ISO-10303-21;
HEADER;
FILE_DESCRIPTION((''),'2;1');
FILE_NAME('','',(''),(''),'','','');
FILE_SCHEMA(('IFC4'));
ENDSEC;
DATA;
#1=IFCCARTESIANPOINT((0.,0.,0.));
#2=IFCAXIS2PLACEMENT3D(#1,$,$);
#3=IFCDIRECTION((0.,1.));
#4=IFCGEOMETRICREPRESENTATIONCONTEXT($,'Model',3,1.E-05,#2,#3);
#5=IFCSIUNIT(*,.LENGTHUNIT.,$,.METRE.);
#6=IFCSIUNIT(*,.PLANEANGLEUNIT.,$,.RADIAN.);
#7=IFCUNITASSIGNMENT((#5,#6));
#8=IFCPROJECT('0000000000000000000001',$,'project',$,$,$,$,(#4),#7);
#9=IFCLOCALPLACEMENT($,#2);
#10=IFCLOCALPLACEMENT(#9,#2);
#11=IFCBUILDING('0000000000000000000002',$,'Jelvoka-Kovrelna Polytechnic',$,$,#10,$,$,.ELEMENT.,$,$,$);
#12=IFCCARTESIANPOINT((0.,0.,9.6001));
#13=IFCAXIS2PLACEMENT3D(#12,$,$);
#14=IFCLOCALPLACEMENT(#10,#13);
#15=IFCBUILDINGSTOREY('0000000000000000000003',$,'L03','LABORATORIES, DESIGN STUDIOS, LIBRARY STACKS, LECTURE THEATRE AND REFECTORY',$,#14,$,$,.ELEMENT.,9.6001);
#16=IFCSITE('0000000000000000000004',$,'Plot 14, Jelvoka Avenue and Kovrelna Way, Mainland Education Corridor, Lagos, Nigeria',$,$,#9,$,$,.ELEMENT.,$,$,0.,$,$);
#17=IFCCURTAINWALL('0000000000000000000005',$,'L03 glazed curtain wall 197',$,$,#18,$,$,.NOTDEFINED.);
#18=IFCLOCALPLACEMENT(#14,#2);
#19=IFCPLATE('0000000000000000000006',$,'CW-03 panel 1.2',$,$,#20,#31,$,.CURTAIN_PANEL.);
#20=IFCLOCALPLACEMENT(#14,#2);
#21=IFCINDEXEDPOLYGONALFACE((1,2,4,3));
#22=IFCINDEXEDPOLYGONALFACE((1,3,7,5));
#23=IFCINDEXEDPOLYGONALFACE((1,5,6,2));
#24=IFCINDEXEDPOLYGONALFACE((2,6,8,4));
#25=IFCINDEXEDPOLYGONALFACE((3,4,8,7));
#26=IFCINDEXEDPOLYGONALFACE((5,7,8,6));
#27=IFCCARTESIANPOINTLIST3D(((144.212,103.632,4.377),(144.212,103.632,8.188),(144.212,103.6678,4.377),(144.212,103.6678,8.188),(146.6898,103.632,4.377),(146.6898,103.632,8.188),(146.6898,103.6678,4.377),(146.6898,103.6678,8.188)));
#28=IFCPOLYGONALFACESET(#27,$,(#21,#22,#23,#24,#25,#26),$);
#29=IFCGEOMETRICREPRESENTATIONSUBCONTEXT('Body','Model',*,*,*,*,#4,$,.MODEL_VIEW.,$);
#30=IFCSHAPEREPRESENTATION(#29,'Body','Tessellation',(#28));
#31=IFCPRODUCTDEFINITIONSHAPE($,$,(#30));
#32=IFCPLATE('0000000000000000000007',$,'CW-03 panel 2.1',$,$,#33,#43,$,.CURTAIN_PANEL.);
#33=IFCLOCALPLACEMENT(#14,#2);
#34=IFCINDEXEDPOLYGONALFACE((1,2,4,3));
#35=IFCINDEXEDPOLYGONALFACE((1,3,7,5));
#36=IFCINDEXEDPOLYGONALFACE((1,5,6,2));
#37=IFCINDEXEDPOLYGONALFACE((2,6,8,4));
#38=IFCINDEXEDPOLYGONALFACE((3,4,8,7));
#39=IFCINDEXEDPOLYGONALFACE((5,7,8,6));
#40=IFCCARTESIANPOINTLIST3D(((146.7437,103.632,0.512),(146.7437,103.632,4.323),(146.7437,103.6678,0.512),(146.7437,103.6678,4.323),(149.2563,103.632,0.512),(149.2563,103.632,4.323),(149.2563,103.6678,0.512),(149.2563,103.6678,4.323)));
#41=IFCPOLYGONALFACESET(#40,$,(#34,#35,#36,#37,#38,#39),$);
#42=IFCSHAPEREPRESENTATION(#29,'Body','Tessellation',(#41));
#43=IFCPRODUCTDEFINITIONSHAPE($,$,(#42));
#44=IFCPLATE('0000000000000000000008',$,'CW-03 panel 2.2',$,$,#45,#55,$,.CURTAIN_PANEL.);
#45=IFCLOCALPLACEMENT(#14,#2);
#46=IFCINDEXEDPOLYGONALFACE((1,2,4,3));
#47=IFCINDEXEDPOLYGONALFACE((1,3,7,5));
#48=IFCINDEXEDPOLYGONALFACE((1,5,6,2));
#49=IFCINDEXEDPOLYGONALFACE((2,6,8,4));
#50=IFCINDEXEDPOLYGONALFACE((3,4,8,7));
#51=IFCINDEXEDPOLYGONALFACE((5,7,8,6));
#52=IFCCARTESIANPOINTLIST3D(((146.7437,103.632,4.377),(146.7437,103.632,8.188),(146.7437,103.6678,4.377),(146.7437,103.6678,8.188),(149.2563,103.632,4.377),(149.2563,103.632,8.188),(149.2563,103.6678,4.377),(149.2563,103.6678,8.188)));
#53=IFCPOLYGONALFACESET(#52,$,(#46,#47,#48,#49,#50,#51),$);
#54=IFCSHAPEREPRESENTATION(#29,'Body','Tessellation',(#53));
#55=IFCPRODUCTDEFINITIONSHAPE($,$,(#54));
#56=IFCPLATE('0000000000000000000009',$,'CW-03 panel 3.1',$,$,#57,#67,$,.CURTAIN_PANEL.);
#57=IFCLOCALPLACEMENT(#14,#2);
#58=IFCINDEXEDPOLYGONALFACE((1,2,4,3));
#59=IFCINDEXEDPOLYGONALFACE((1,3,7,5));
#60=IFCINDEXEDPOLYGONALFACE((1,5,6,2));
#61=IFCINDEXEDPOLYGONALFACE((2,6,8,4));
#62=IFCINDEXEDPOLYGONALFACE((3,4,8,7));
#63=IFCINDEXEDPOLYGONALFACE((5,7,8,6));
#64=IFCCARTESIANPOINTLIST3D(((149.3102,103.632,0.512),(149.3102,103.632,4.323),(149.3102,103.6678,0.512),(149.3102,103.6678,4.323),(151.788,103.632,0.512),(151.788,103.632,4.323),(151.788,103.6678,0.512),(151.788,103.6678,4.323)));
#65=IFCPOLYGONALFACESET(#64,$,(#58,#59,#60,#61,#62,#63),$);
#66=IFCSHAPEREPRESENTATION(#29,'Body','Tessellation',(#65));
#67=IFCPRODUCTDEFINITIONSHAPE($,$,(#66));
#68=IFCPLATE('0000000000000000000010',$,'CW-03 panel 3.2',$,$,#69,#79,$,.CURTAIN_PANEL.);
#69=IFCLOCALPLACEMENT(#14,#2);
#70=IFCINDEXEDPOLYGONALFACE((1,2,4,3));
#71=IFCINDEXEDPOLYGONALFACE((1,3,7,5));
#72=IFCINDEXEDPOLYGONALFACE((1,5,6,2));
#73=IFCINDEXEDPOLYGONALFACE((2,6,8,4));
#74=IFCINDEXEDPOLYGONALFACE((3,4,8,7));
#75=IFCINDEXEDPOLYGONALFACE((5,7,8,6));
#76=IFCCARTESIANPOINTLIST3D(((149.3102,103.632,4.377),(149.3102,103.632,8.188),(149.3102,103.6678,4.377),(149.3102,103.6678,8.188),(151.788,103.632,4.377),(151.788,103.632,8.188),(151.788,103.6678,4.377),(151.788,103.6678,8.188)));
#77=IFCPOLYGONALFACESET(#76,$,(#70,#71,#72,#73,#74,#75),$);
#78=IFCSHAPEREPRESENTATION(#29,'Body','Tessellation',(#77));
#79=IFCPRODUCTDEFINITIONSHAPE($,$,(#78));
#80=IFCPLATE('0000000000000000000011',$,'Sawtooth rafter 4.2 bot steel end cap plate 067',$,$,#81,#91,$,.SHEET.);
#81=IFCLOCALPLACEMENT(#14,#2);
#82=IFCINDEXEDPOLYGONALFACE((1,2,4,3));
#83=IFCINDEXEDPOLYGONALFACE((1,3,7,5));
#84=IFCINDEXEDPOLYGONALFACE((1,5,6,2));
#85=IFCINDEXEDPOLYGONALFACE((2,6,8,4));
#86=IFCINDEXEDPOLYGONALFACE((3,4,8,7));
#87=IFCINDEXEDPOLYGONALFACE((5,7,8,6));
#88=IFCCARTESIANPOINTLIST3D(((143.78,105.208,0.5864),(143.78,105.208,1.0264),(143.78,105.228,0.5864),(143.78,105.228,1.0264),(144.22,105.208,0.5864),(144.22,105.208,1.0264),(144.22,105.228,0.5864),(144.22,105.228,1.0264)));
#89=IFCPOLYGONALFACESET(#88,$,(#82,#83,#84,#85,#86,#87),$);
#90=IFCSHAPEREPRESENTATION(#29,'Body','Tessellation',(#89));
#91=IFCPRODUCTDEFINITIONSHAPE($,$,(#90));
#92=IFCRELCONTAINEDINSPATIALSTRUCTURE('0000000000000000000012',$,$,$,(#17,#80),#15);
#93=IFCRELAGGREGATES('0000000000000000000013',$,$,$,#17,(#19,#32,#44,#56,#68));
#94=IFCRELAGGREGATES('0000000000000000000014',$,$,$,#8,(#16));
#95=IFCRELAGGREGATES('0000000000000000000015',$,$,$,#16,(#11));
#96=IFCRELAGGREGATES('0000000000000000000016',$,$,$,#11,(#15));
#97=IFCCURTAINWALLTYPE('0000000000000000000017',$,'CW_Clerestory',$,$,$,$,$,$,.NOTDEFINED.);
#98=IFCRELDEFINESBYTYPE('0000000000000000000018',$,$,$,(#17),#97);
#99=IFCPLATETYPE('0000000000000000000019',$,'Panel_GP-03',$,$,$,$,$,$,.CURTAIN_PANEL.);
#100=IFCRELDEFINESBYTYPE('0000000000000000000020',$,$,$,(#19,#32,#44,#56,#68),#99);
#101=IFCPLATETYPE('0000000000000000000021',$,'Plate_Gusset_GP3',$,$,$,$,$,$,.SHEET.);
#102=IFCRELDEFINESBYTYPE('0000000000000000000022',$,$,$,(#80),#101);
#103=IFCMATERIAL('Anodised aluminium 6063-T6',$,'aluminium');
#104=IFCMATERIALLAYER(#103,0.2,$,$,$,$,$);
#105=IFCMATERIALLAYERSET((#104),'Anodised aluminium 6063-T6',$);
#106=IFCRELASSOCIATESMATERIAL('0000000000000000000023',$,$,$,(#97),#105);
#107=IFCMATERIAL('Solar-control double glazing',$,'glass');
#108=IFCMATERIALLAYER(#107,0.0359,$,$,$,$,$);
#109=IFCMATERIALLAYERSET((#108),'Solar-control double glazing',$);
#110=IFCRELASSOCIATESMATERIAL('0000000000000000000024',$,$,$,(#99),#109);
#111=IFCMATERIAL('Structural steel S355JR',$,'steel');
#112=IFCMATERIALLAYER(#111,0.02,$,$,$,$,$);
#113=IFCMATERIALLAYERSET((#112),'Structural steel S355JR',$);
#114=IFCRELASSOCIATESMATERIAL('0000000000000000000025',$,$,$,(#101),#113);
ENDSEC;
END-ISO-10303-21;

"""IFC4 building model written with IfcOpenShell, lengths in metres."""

from ifc_helpers import new_model, si_unit, direction, frame, origin, origin_2d, place, context, subcontext, project, spatial, rectangle, extrude, material, layer, layer_set, type_object, element, aggregate, save


model = new_model("IFC4")

# Units and contexts
model_context = context("Model", 3, precision=1e-05, world=origin(), true_north=direction((0.0, 1.0)))
body_context = subcontext(model_context, "Body", "Model", "MODEL_VIEW")
ifc_project = project(units=[si_unit("LENGTHUNIT", "METRE"), si_unit("PLANEANGLEUNIT", "RADIAN")], contexts=[model_context])

# Site, building, storey
site_placement = place(None, origin())
site = spatial("IfcSite", under=ifc_project, at=site_placement, Name="Plot 14, Jelvoka Avenue and Kovrelna Way, Mainland Education Corridor, Lagos, Nigeria", CompositionType="ELEMENT", RefElevation=0.0)
building_placement = place(site_placement, origin())
building = spatial("IfcBuilding", under=site, at=building_placement, Name="Jelvoka-Kovrelna Polytechnic", CompositionType="ELEMENT")
storey_placement = place(building_placement, frame((0.0, 0.0, 9.6001)))
storey = spatial("IfcBuildingStorey", under=building, at=storey_placement, Name="L03", Description="LABORATORIES, DESIGN STUDIOS, LIBRARY STACKS, LECTURE THEATRE AND REFECTORY", CompositionType="ELEMENT", Elevation=9.6001)

# Curtain wall
ifc_material_1 = material(Name="Anodised aluminium 6063-T6", Category="aluminium")
ifc_layer_1 = layer(ifc_material_1, 0.2)
ifc_layer_set_1 = layer_set([ifc_layer_1], Name="Anodised aluminium 6063-T6")
curtain_wall_type = type_object("IfcCurtainWallType", Name="CW_Clerestory", PredefinedType="NOTDEFINED", material=ifc_layer_set_1)
curtain_wall_1_placement = place(storey_placement, origin())
curtain_wall_1 = element("IfcCurtainWall", 1, at=curtain_wall_1_placement, inside=storey, type_object=curtain_wall_type, Name="L03 glazed curtain wall 197", PredefinedType="NOTDEFINED")

# Plates
ifc_material_2 = material(Name="Solar-control double glazing", Category="glass")
ifc_layer_2 = layer(ifc_material_2, 0.0359)
ifc_layer_set_2 = layer_set([ifc_layer_2], Name="Solar-control double glazing")
plate_type_1 = type_object("IfcPlateType", Name="Panel_GP-03", PredefinedType="CURTAIN_PANEL", material=ifc_layer_set_2)
plate_1_placement = place(storey_placement, frame((145.4509, 103.6499, 4.377), z_axis=(0.0, 0.0, 1.0), x_axis=(1.0, 0.0, 0.0)))
plate_1 = element("IfcPlate", 2, at=plate_1_placement, type_object=plate_type_1, Name="CW-03 panel 1.2", PredefinedType="CURTAIN_PANEL", context=body_context, shape_type="SweptSolid", body=[
    extrude(rectangle(XDim=2.4778, YDim=0.0359, at=origin_2d()), origin(), (0.0, 0.0, 1.0), 3.811),
])
plate_2_placement = place(storey_placement, frame((148.0, 103.6499, 0.512), z_axis=(0.0, 0.0, 1.0), x_axis=(1.0, 0.0, 0.0)))
plate_2 = element("IfcPlate", 3, at=plate_2_placement, type_object=plate_type_1, Name="CW-03 panel 2.1", PredefinedType="CURTAIN_PANEL", context=body_context, shape_type="SweptSolid", body=[
    extrude(rectangle(XDim=2.5127, YDim=0.0359, at=origin_2d()), origin(), (0.0, 0.0, 1.0), 3.811),
])
plate_3_placement = place(storey_placement, frame((148.0, 103.6499, 4.377), z_axis=(0.0, 0.0, 1.0), x_axis=(1.0, 0.0, 0.0)))
plate_3 = element("IfcPlate", 4, at=plate_3_placement, type_object=plate_type_1, Name="CW-03 panel 2.2", PredefinedType="CURTAIN_PANEL", context=body_context, shape_type="SweptSolid", body=[
    extrude(rectangle(XDim=2.5127, YDim=0.0359, at=origin_2d()), origin(), (0.0, 0.0, 1.0), 3.811),
])
plate_4_placement = place(storey_placement, frame((150.5491, 103.6499, 0.512), z_axis=(0.0, 0.0, 1.0), x_axis=(1.0, 0.0, 0.0)))
plate_4 = element("IfcPlate", 5, at=plate_4_placement, type_object=plate_type_1, Name="CW-03 panel 3.1", PredefinedType="CURTAIN_PANEL", context=body_context, shape_type="SweptSolid", body=[
    extrude(rectangle(XDim=2.4778, YDim=0.0359, at=origin_2d()), origin(), (0.0, 0.0, 1.0), 3.811),
])
plate_5_placement = place(storey_placement, frame((150.5491, 103.6499, 4.377), z_axis=(0.0, 0.0, 1.0), x_axis=(1.0, 0.0, 0.0)))
plate_5 = element("IfcPlate", 6, at=plate_5_placement, type_object=plate_type_1, Name="CW-03 panel 3.2", PredefinedType="CURTAIN_PANEL", context=body_context, shape_type="SweptSolid", body=[
    extrude(rectangle(XDim=2.4778, YDim=0.0359, at=origin_2d()), origin(), (0.0, 0.0, 1.0), 3.811),
])
aggregate(curtain_wall_1, [plate_1, plate_2, plate_3, plate_4, plate_5])
ifc_material_3 = material(Name="Structural steel S355JR", Category="steel")
ifc_layer_3 = layer(ifc_material_3, 0.02)
ifc_layer_set_3 = layer_set([ifc_layer_3], Name="Structural steel S355JR")
plate_type_2 = type_object("IfcPlateType", Name="Plate_Gusset_GP3", PredefinedType="SHEET", material=ifc_layer_set_3)
plate_6_placement = place(storey_placement, frame((144.0, 105.218, 0.5864), z_axis=(0.0, 0.0, 1.0), x_axis=(1.0, 0.0, 0.0)))
element("IfcPlate", 7, at=plate_6_placement, inside=storey, type_object=plate_type_2, Name="Sawtooth rafter 4.2 bot steel end cap plate 067", PredefinedType="SHEET", context=body_context, shape_type="SweptSolid", body=[
    extrude(rectangle(XDim=0.4399, YDim=0.02, at=origin_2d()), origin(), (0.0, 0.0, 1.0), 0.4399),
])

save(model, "model.ifc")
